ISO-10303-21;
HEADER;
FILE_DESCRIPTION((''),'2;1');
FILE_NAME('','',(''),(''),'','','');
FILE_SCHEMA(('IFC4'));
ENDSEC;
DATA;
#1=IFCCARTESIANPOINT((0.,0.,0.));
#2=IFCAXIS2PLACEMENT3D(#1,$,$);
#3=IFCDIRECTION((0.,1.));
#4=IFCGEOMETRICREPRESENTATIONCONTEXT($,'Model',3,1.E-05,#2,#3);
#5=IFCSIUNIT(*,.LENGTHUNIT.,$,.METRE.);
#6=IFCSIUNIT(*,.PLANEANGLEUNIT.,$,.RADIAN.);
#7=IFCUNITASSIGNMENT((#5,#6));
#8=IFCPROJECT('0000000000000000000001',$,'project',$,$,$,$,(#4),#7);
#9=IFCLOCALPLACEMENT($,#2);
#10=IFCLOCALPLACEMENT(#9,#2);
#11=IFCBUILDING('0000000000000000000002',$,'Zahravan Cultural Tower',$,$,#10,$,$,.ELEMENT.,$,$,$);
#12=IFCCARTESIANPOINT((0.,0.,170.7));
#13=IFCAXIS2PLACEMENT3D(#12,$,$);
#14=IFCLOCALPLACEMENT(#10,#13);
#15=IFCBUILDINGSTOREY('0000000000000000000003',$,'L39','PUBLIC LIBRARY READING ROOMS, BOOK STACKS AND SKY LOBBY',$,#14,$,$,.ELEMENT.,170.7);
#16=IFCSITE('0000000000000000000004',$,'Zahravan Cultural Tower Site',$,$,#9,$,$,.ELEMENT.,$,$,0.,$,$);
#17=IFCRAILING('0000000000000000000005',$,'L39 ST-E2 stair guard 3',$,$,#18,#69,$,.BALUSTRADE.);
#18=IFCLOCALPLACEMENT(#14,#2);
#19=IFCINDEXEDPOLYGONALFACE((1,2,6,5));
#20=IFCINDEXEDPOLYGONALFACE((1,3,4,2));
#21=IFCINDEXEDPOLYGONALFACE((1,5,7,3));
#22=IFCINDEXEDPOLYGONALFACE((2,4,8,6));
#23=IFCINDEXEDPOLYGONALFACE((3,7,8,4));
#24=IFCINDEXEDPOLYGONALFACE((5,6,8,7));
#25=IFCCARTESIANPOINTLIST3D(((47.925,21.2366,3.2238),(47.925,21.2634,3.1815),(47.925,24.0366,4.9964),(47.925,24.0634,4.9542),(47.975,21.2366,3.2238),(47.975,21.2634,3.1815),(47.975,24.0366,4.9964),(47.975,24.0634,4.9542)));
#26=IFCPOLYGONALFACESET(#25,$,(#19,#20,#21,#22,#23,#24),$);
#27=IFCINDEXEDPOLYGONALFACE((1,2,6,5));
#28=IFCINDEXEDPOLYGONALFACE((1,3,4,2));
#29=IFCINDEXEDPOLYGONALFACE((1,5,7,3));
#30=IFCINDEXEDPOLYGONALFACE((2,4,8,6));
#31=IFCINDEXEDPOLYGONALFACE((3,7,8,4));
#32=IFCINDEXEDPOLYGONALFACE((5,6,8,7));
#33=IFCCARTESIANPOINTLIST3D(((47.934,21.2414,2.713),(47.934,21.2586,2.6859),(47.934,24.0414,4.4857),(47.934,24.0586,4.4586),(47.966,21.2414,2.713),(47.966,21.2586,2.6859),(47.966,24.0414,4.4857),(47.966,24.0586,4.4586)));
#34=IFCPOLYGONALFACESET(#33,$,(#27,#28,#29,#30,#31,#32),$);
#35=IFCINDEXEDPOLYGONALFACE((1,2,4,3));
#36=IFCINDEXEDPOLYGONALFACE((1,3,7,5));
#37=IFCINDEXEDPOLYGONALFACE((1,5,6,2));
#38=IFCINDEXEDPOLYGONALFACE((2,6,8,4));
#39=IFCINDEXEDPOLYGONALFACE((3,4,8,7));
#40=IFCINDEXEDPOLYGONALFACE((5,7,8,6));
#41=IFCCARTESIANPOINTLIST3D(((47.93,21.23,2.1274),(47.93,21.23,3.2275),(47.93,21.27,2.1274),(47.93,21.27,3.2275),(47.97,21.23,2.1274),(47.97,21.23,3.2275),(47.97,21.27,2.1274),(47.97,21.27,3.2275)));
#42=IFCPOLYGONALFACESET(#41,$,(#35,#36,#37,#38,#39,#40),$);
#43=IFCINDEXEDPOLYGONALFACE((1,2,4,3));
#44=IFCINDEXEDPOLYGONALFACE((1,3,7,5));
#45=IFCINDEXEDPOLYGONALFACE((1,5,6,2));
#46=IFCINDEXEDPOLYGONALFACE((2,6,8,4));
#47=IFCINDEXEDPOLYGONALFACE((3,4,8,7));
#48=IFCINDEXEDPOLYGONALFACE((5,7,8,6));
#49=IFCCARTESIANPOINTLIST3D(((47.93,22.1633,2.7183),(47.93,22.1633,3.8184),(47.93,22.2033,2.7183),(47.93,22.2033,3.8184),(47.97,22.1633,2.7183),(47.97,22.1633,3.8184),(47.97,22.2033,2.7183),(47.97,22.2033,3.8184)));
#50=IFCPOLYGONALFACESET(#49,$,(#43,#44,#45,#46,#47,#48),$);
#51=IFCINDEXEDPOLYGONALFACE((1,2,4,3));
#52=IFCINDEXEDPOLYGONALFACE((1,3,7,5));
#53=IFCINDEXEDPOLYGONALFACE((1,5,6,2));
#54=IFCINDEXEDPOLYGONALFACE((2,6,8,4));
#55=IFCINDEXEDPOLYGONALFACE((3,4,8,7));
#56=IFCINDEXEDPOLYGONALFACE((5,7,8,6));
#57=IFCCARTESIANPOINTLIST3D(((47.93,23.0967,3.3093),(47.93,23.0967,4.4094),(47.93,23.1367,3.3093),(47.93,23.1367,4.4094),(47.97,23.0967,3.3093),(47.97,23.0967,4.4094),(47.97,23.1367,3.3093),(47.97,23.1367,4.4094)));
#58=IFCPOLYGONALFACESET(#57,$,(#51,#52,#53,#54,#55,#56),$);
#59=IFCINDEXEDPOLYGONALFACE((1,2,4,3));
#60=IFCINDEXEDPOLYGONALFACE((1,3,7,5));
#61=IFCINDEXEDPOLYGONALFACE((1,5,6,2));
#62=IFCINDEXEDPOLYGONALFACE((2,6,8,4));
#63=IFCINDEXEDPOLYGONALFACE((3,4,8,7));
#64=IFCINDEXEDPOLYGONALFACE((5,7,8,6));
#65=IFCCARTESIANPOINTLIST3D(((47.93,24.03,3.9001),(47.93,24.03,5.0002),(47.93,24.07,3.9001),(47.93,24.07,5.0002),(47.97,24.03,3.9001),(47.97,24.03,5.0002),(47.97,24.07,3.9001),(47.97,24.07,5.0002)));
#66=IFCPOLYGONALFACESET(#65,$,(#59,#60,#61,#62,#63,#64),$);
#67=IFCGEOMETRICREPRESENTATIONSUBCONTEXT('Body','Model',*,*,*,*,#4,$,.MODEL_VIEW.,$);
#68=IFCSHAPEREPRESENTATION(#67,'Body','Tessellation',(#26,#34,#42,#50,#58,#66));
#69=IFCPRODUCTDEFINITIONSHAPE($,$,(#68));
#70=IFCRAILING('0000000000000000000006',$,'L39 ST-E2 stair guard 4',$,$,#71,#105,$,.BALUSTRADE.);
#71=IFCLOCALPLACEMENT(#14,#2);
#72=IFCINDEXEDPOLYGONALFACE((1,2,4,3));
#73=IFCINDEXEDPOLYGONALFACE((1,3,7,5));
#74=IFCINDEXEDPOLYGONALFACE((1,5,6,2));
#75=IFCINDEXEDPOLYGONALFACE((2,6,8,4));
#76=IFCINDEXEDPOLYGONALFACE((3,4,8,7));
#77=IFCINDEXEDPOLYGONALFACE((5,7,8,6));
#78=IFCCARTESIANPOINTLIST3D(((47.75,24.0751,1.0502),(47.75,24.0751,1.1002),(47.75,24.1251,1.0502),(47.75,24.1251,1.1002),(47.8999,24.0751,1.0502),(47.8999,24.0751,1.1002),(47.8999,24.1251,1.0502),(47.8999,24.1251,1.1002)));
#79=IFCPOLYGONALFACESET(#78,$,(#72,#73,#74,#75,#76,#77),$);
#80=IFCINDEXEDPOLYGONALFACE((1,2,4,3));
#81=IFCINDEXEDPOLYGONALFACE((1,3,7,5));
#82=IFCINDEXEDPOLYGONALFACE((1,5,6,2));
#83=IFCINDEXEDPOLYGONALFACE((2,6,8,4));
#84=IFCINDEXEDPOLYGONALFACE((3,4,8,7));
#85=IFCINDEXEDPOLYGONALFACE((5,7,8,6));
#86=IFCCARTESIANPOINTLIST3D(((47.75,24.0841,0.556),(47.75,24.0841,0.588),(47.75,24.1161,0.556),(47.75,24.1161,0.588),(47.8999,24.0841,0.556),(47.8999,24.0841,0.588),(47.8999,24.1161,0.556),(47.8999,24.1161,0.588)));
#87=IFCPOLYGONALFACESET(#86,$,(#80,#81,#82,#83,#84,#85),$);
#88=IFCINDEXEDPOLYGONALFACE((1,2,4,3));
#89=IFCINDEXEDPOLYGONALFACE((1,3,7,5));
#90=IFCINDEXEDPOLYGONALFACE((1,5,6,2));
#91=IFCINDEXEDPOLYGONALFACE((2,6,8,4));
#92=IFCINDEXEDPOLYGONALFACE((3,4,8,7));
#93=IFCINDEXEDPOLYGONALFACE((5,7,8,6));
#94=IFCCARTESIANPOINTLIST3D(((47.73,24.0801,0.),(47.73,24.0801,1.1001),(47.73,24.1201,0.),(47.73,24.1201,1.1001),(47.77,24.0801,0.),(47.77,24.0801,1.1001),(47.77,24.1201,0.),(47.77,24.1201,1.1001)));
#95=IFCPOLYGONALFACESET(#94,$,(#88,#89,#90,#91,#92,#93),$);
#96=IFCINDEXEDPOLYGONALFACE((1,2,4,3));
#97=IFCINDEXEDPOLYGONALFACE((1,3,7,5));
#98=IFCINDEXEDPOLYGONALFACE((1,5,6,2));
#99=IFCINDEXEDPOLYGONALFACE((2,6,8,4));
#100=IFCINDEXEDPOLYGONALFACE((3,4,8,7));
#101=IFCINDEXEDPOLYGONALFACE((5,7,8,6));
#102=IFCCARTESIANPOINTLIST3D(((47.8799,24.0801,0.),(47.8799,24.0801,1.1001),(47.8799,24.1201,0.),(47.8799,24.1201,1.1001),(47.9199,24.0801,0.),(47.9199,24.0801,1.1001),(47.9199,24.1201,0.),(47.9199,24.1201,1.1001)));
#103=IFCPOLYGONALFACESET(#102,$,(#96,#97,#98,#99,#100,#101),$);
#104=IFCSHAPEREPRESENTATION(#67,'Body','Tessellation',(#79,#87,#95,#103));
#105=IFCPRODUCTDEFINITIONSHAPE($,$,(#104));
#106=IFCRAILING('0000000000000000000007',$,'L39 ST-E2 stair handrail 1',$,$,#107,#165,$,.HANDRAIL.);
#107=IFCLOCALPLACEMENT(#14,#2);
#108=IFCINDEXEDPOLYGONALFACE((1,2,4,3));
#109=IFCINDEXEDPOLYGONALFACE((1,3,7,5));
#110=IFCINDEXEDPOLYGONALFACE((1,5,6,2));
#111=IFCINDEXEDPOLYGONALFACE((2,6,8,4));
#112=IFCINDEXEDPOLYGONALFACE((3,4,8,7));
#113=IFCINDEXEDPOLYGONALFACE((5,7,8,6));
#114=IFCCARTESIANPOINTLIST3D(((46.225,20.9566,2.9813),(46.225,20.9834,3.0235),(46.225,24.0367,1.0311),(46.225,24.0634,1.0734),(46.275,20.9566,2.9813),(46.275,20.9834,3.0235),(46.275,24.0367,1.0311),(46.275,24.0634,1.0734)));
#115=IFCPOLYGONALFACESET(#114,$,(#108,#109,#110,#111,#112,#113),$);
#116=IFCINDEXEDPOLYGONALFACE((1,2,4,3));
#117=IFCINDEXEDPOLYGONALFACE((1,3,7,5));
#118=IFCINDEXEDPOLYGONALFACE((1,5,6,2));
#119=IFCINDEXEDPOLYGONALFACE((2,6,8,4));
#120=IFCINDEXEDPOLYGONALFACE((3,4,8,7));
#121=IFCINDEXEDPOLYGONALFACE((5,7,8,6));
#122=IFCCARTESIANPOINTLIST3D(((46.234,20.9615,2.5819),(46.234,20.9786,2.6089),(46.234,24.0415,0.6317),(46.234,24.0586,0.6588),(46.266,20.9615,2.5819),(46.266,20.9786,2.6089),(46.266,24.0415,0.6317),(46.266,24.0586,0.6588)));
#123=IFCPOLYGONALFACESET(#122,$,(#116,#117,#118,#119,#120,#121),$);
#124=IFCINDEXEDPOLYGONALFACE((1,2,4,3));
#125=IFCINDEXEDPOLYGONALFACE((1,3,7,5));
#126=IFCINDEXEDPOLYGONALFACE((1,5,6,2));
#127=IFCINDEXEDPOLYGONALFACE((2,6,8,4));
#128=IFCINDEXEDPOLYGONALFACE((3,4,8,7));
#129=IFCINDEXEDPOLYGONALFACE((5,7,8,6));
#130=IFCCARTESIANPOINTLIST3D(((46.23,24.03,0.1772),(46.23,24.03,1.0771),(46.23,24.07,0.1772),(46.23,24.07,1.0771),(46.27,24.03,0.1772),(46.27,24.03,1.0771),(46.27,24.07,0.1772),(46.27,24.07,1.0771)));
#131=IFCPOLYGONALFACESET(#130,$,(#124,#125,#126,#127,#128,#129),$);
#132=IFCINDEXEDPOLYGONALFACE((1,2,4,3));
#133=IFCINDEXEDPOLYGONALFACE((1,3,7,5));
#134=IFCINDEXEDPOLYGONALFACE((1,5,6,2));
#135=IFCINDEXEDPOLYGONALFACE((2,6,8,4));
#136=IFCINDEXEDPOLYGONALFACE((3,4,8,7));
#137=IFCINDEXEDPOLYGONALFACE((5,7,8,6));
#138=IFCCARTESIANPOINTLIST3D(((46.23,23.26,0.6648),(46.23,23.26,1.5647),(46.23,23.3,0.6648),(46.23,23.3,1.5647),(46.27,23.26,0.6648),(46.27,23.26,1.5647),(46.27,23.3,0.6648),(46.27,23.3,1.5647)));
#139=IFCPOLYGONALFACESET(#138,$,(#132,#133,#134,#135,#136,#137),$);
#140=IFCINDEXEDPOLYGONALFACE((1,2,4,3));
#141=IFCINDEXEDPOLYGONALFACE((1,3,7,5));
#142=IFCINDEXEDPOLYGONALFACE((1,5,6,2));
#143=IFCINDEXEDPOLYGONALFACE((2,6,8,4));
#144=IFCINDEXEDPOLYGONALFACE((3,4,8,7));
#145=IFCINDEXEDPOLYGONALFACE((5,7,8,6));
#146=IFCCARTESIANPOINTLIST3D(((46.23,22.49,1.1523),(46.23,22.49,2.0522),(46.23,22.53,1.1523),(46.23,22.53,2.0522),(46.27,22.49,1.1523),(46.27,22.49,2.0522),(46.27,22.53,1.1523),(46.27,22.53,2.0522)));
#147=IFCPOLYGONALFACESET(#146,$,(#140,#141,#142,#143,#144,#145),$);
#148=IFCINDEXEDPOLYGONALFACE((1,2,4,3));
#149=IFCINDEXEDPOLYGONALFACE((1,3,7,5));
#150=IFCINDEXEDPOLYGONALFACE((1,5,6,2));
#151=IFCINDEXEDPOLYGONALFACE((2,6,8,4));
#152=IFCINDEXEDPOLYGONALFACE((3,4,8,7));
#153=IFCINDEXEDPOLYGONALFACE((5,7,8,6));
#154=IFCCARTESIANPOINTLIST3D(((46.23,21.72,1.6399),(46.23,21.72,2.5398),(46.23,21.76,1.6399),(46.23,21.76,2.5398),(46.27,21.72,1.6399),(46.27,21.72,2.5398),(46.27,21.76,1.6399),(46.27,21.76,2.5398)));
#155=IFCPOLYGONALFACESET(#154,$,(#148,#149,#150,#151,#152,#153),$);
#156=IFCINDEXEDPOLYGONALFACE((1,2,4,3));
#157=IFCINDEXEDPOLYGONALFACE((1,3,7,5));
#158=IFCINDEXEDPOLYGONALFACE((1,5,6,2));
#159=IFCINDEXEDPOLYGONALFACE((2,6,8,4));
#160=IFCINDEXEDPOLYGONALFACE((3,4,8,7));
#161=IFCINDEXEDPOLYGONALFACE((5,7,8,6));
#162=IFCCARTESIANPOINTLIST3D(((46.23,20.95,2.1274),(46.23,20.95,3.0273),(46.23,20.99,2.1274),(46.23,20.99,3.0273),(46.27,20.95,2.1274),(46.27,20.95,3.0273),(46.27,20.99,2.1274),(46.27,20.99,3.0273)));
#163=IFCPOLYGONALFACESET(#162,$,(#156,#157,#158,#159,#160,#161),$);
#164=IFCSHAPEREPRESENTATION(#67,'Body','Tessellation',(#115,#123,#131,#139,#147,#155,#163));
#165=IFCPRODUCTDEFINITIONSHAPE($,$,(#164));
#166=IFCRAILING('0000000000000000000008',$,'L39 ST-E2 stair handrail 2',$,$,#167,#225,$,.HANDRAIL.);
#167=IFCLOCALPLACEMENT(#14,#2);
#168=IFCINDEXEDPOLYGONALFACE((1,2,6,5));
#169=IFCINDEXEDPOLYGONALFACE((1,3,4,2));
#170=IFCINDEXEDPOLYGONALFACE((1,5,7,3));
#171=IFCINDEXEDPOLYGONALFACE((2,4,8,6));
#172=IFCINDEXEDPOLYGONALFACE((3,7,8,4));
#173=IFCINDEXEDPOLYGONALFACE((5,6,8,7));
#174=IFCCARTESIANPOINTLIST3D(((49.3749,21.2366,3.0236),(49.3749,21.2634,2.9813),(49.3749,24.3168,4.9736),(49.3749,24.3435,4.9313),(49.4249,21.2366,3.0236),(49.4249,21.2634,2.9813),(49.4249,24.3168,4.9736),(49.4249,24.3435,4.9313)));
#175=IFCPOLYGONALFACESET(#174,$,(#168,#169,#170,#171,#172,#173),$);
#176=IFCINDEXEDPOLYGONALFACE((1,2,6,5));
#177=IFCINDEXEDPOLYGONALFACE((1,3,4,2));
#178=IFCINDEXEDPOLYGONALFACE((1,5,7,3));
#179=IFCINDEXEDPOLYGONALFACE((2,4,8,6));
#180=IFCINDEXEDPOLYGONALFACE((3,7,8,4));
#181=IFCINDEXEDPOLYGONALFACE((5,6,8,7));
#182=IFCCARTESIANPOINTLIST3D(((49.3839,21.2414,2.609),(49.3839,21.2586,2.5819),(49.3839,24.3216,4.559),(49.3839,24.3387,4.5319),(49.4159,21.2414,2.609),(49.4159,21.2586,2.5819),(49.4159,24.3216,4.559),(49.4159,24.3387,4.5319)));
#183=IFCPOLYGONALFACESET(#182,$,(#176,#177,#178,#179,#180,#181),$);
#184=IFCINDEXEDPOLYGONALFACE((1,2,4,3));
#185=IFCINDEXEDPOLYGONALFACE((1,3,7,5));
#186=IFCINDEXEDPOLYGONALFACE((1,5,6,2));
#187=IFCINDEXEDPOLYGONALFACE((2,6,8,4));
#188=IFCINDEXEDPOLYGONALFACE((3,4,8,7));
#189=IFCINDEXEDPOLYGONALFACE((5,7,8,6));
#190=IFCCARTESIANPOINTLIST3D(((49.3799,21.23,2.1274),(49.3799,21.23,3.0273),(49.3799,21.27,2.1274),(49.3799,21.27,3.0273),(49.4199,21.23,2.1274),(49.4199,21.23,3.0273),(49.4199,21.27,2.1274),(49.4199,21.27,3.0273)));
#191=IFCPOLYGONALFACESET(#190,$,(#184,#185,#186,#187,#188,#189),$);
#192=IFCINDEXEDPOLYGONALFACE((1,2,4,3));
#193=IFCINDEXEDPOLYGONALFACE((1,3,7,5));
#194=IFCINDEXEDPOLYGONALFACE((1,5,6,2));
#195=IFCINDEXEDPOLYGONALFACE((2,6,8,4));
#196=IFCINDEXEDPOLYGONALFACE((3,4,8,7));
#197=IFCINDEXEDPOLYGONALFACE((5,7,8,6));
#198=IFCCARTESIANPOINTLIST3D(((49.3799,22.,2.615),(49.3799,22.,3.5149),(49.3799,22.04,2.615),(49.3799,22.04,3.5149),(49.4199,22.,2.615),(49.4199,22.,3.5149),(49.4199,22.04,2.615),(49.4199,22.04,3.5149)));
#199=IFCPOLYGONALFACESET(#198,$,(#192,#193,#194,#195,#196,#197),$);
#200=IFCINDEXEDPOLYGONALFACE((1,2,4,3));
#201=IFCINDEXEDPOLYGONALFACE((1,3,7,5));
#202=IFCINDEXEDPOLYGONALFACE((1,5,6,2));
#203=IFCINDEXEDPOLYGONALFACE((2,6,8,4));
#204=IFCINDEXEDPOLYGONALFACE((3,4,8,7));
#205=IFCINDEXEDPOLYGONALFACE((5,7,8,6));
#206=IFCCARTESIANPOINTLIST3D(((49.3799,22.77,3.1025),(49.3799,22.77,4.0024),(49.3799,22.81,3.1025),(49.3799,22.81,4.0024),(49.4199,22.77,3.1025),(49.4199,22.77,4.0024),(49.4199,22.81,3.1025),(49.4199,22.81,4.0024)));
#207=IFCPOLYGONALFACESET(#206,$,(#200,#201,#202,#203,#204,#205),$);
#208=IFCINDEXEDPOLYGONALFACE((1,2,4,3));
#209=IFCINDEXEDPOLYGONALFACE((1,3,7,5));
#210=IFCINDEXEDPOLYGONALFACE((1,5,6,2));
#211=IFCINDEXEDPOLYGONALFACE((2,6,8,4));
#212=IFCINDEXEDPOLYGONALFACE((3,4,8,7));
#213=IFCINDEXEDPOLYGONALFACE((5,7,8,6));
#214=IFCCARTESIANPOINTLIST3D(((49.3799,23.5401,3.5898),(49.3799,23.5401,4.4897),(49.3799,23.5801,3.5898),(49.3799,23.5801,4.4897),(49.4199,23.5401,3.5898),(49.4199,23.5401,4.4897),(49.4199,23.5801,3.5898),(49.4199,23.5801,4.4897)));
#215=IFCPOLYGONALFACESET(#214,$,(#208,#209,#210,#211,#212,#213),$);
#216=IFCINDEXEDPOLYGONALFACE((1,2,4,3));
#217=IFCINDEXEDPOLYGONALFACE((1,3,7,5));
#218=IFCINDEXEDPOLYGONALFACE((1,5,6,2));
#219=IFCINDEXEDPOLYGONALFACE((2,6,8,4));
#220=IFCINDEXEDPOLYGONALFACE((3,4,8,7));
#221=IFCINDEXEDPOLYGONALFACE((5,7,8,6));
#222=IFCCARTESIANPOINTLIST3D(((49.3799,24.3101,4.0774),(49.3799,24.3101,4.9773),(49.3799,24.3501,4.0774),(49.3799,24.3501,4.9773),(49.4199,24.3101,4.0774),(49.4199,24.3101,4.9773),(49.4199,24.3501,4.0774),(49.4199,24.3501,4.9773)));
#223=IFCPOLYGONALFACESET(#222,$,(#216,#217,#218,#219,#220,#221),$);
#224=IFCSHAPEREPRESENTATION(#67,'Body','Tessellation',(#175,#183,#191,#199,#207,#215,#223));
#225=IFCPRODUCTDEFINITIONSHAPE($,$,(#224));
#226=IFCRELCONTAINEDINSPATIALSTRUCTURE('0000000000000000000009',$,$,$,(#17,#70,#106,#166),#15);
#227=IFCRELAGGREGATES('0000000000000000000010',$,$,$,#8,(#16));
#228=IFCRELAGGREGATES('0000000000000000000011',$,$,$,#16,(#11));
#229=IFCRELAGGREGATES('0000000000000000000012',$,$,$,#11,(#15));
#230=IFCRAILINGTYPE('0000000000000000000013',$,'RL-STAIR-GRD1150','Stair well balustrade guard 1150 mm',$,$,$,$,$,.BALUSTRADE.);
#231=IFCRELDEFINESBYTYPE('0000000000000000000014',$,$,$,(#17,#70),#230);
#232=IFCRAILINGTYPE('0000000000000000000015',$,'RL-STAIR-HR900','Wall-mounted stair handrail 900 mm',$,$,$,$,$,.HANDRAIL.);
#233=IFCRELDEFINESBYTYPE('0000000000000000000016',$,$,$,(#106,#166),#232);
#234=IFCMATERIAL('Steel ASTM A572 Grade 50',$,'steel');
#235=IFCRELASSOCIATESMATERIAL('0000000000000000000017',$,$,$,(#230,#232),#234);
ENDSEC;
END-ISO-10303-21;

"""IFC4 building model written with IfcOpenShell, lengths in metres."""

from ifc_helpers import new_model, si_unit, direction, frame, origin, origin_2d, place, context, subcontext, project, spatial, rectangle, extrude, material, type_object, element, save


model = new_model("IFC4")

# Units and contexts
model_context = context("Model", 3, precision=1e-05, world=origin(), true_north=direction((0.0, 1.0)))
body_context = subcontext(model_context, "Body", "Model", "MODEL_VIEW")
ifc_project = project(units=[si_unit("LENGTHUNIT", "METRE"), si_unit("PLANEANGLEUNIT", "RADIAN")], contexts=[model_context])

# Site, building, storey
site_placement = place(None, origin())
site = spatial("IfcSite", under=ifc_project, at=site_placement, Name="Zahravan Cultural Tower Site", CompositionType="ELEMENT", RefElevation=0.0)
building_placement = place(site_placement, origin())
building = spatial("IfcBuilding", under=site, at=building_placement, Name="Zahravan Cultural Tower", CompositionType="ELEMENT")
storey_placement = place(building_placement, frame((0.0, 0.0, 170.7)))
storey = spatial("IfcBuildingStorey", under=building, at=storey_placement, Name="L39", Description="PUBLIC LIBRARY READING ROOMS, BOOK STACKS AND SKY LOBBY", CompositionType="ELEMENT", Elevation=170.7)

# Railings
ifc_material_1 = material(Name="Steel ASTM A572 Grade 50", Category="steel")
railing_type_1 = type_object("IfcRailingType", Name="RL-STAIR-GRD1150", Description="Stair well balustrade guard 1150 mm", PredefinedType="BALUSTRADE", material=ifc_material_1)
railing_1_placement = place(storey_placement, frame((47.95, 21.25, 2.1274)))
element("IfcRailing", 1, at=railing_1_placement, inside=storey, type_object=railing_type_1, Name="L39 ST-E2 stair guard 3", PredefinedType="BALUSTRADE", context=body_context, shape_type="SweptSolid", body=[
    extrude(rectangle(XDim=0.05, YDim=0.05, at=origin_2d()), frame((0.0, 0.0, 1.0752), z_axis=(0.0, 0.844909, 0.53491), x_axis=(-1.0, 0.0, 0.0)), (0.0, 0.0, 1.0), 3.314),
    extrude(rectangle(XDim=0.032, YDim=0.032, at=origin_2d()), frame((0.0, 0.0, 0.572), z_axis=(0.0, 0.844909, 0.53491), x_axis=(-1.0, 0.0, 0.0)), (0.0, 0.0, 1.0), 3.314),
    extrude(rectangle(XDim=0.04, YDim=0.04, at=origin_2d()), origin(), (0.0, 0.0, 1.0), 1.1001),
    extrude(rectangle(XDim=0.04, YDim=0.04, at=origin_2d()), frame((0.0, 0.9333, 0.5908)), (0.0, 0.0, 1.0), 1.1001),
    extrude(rectangle(XDim=0.04, YDim=0.04, at=origin_2d()), frame((0.0, 1.8667, 1.1819)), (0.0, 0.0, 1.0), 1.1001),
    extrude(rectangle(XDim=0.04, YDim=0.04, at=origin_2d()), frame((0.0, 2.8, 1.7727)), (0.0, 0.0, 1.0), 1.1001),
])
railing_2_placement = place(storey_placement, frame((47.75, 24.1001, 0.0)))
element("IfcRailing", 2, at=railing_2_placement, inside=storey, type_object=railing_type_1, Name="L39 ST-E2 stair guard 4", PredefinedType="BALUSTRADE", context=body_context, shape_type="SweptSolid", body=[
    extrude(rectangle(XDim=0.05, YDim=0.05, at=origin_2d()), frame((0.0, 0.0, 1.0752), z_axis=(1.0, 0.0, 0.0), x_axis=(0.0, 1.0, 0.0)), (0.0, 0.0, 1.0), 0.1499),
    extrude(rectangle(XDim=0.032, YDim=0.032, at=origin_2d()), frame((0.0, 0.0, 0.572), z_axis=(1.0, 0.0, 0.0), x_axis=(0.0, 1.0, 0.0)), (0.0, 0.0, 1.0), 0.1499),
    extrude(rectangle(XDim=0.04, YDim=0.04, at=origin_2d()), origin(), (0.0, 0.0, 1.0), 1.1001),
    extrude(rectangle(XDim=0.04, YDim=0.04, at=origin_2d()), frame((0.1499, 0.0, 0.0)), (0.0, 0.0, 1.0), 1.1001),
])
railing_type_2 = type_object("IfcRailingType", Name="RL-STAIR-HR900", Description="Wall-mounted stair handrail 900 mm", PredefinedType="HANDRAIL", material=ifc_material_1)
railing_3_placement = place(storey_placement, frame((46.25, 24.05, 0.1772)))
element("IfcRailing", 3, at=railing_3_placement, inside=storey, type_object=railing_type_2, Name="L39 ST-E2 stair handrail 1", PredefinedType="HANDRAIL", context=body_context, shape_type="SweptSolid", body=[
    extrude(rectangle(XDim=0.05, YDim=0.05, at=origin_2d()), frame((0.0, 0.0, 0.875), z_axis=(0.0, -0.844884, 0.53495), x_axis=(1.0, 0.0, 0.0)), (0.0, 0.0, 1.0), 3.6455),
    extrude(rectangle(XDim=0.032, YDim=0.032, at=origin_2d()), frame((0.0, 0.0, 0.468), z_axis=(0.0, -0.844884, 0.53495), x_axis=(1.0, 0.0, 0.0)), (0.0, 0.0, 1.0), 3.6455),
    extrude(rectangle(XDim=0.04, YDim=0.04, at=origin_2d()), origin(), (0.0, 0.0, 1.0), 0.8999),
    extrude(rectangle(XDim=0.04, YDim=0.04, at=origin_2d()), frame((0.0, -0.77, 0.4875)), (0.0, 0.0, 1.0), 0.8999),
    extrude(rectangle(XDim=0.04, YDim=0.04, at=origin_2d()), frame((0.0, -1.54, 0.9751)), (0.0, 0.0, 1.0), 0.8999),
    extrude(rectangle(XDim=0.04, YDim=0.04, at=origin_2d()), frame((0.0, -2.3101, 1.4626)), (0.0, 0.0, 1.0), 0.8999),
    extrude(rectangle(XDim=0.04, YDim=0.04, at=origin_2d()), frame((0.0, -3.0801, 1.9502)), (0.0, 0.0, 1.0), 0.8999),
])
railing_4_placement = place(storey_placement, frame((49.3999, 21.25, 2.1274)))
element("IfcRailing", 4, at=railing_4_placement, inside=storey, type_object=railing_type_2, Name="L39 ST-E2 stair handrail 2", PredefinedType="HANDRAIL", context=body_context, shape_type="SweptSolid", body=[
    extrude(rectangle(XDim=0.05, YDim=0.05, at=origin_2d()), frame((0.0, 0.0, 0.875), z_axis=(0.0, 0.844914, 0.534902), x_axis=(-1.0, 0.0, 0.0)), (0.0, 0.0, 1.0), 3.6455),
    extrude(rectangle(XDim=0.032, YDim=0.032, at=origin_2d()), frame((0.0, 0.0, 0.468), z_axis=(0.0, 0.844914, 0.534902), x_axis=(-1.0, 0.0, 0.0)), (0.0, 0.0, 1.0), 3.6455),
    extrude(rectangle(XDim=0.04, YDim=0.04, at=origin_2d()), origin(), (0.0, 0.0, 1.0), 0.8999),
    extrude(rectangle(XDim=0.04, YDim=0.04, at=origin_2d()), frame((0.0, 0.77, 0.4875)), (0.0, 0.0, 1.0), 0.8999),
    extrude(rectangle(XDim=0.04, YDim=0.04, at=origin_2d()), frame((0.0, 1.54, 0.9751)), (0.0, 0.0, 1.0), 0.8999),
    extrude(rectangle(XDim=0.04, YDim=0.04, at=origin_2d()), frame((0.0, 2.3101, 1.4624)), (0.0, 0.0, 1.0), 0.8999),
    extrude(rectangle(XDim=0.04, YDim=0.04, at=origin_2d()), frame((0.0, 3.0801, 1.95)), (0.0, 0.0, 1.0), 0.8999),
])

save(model, "model.ifc")
